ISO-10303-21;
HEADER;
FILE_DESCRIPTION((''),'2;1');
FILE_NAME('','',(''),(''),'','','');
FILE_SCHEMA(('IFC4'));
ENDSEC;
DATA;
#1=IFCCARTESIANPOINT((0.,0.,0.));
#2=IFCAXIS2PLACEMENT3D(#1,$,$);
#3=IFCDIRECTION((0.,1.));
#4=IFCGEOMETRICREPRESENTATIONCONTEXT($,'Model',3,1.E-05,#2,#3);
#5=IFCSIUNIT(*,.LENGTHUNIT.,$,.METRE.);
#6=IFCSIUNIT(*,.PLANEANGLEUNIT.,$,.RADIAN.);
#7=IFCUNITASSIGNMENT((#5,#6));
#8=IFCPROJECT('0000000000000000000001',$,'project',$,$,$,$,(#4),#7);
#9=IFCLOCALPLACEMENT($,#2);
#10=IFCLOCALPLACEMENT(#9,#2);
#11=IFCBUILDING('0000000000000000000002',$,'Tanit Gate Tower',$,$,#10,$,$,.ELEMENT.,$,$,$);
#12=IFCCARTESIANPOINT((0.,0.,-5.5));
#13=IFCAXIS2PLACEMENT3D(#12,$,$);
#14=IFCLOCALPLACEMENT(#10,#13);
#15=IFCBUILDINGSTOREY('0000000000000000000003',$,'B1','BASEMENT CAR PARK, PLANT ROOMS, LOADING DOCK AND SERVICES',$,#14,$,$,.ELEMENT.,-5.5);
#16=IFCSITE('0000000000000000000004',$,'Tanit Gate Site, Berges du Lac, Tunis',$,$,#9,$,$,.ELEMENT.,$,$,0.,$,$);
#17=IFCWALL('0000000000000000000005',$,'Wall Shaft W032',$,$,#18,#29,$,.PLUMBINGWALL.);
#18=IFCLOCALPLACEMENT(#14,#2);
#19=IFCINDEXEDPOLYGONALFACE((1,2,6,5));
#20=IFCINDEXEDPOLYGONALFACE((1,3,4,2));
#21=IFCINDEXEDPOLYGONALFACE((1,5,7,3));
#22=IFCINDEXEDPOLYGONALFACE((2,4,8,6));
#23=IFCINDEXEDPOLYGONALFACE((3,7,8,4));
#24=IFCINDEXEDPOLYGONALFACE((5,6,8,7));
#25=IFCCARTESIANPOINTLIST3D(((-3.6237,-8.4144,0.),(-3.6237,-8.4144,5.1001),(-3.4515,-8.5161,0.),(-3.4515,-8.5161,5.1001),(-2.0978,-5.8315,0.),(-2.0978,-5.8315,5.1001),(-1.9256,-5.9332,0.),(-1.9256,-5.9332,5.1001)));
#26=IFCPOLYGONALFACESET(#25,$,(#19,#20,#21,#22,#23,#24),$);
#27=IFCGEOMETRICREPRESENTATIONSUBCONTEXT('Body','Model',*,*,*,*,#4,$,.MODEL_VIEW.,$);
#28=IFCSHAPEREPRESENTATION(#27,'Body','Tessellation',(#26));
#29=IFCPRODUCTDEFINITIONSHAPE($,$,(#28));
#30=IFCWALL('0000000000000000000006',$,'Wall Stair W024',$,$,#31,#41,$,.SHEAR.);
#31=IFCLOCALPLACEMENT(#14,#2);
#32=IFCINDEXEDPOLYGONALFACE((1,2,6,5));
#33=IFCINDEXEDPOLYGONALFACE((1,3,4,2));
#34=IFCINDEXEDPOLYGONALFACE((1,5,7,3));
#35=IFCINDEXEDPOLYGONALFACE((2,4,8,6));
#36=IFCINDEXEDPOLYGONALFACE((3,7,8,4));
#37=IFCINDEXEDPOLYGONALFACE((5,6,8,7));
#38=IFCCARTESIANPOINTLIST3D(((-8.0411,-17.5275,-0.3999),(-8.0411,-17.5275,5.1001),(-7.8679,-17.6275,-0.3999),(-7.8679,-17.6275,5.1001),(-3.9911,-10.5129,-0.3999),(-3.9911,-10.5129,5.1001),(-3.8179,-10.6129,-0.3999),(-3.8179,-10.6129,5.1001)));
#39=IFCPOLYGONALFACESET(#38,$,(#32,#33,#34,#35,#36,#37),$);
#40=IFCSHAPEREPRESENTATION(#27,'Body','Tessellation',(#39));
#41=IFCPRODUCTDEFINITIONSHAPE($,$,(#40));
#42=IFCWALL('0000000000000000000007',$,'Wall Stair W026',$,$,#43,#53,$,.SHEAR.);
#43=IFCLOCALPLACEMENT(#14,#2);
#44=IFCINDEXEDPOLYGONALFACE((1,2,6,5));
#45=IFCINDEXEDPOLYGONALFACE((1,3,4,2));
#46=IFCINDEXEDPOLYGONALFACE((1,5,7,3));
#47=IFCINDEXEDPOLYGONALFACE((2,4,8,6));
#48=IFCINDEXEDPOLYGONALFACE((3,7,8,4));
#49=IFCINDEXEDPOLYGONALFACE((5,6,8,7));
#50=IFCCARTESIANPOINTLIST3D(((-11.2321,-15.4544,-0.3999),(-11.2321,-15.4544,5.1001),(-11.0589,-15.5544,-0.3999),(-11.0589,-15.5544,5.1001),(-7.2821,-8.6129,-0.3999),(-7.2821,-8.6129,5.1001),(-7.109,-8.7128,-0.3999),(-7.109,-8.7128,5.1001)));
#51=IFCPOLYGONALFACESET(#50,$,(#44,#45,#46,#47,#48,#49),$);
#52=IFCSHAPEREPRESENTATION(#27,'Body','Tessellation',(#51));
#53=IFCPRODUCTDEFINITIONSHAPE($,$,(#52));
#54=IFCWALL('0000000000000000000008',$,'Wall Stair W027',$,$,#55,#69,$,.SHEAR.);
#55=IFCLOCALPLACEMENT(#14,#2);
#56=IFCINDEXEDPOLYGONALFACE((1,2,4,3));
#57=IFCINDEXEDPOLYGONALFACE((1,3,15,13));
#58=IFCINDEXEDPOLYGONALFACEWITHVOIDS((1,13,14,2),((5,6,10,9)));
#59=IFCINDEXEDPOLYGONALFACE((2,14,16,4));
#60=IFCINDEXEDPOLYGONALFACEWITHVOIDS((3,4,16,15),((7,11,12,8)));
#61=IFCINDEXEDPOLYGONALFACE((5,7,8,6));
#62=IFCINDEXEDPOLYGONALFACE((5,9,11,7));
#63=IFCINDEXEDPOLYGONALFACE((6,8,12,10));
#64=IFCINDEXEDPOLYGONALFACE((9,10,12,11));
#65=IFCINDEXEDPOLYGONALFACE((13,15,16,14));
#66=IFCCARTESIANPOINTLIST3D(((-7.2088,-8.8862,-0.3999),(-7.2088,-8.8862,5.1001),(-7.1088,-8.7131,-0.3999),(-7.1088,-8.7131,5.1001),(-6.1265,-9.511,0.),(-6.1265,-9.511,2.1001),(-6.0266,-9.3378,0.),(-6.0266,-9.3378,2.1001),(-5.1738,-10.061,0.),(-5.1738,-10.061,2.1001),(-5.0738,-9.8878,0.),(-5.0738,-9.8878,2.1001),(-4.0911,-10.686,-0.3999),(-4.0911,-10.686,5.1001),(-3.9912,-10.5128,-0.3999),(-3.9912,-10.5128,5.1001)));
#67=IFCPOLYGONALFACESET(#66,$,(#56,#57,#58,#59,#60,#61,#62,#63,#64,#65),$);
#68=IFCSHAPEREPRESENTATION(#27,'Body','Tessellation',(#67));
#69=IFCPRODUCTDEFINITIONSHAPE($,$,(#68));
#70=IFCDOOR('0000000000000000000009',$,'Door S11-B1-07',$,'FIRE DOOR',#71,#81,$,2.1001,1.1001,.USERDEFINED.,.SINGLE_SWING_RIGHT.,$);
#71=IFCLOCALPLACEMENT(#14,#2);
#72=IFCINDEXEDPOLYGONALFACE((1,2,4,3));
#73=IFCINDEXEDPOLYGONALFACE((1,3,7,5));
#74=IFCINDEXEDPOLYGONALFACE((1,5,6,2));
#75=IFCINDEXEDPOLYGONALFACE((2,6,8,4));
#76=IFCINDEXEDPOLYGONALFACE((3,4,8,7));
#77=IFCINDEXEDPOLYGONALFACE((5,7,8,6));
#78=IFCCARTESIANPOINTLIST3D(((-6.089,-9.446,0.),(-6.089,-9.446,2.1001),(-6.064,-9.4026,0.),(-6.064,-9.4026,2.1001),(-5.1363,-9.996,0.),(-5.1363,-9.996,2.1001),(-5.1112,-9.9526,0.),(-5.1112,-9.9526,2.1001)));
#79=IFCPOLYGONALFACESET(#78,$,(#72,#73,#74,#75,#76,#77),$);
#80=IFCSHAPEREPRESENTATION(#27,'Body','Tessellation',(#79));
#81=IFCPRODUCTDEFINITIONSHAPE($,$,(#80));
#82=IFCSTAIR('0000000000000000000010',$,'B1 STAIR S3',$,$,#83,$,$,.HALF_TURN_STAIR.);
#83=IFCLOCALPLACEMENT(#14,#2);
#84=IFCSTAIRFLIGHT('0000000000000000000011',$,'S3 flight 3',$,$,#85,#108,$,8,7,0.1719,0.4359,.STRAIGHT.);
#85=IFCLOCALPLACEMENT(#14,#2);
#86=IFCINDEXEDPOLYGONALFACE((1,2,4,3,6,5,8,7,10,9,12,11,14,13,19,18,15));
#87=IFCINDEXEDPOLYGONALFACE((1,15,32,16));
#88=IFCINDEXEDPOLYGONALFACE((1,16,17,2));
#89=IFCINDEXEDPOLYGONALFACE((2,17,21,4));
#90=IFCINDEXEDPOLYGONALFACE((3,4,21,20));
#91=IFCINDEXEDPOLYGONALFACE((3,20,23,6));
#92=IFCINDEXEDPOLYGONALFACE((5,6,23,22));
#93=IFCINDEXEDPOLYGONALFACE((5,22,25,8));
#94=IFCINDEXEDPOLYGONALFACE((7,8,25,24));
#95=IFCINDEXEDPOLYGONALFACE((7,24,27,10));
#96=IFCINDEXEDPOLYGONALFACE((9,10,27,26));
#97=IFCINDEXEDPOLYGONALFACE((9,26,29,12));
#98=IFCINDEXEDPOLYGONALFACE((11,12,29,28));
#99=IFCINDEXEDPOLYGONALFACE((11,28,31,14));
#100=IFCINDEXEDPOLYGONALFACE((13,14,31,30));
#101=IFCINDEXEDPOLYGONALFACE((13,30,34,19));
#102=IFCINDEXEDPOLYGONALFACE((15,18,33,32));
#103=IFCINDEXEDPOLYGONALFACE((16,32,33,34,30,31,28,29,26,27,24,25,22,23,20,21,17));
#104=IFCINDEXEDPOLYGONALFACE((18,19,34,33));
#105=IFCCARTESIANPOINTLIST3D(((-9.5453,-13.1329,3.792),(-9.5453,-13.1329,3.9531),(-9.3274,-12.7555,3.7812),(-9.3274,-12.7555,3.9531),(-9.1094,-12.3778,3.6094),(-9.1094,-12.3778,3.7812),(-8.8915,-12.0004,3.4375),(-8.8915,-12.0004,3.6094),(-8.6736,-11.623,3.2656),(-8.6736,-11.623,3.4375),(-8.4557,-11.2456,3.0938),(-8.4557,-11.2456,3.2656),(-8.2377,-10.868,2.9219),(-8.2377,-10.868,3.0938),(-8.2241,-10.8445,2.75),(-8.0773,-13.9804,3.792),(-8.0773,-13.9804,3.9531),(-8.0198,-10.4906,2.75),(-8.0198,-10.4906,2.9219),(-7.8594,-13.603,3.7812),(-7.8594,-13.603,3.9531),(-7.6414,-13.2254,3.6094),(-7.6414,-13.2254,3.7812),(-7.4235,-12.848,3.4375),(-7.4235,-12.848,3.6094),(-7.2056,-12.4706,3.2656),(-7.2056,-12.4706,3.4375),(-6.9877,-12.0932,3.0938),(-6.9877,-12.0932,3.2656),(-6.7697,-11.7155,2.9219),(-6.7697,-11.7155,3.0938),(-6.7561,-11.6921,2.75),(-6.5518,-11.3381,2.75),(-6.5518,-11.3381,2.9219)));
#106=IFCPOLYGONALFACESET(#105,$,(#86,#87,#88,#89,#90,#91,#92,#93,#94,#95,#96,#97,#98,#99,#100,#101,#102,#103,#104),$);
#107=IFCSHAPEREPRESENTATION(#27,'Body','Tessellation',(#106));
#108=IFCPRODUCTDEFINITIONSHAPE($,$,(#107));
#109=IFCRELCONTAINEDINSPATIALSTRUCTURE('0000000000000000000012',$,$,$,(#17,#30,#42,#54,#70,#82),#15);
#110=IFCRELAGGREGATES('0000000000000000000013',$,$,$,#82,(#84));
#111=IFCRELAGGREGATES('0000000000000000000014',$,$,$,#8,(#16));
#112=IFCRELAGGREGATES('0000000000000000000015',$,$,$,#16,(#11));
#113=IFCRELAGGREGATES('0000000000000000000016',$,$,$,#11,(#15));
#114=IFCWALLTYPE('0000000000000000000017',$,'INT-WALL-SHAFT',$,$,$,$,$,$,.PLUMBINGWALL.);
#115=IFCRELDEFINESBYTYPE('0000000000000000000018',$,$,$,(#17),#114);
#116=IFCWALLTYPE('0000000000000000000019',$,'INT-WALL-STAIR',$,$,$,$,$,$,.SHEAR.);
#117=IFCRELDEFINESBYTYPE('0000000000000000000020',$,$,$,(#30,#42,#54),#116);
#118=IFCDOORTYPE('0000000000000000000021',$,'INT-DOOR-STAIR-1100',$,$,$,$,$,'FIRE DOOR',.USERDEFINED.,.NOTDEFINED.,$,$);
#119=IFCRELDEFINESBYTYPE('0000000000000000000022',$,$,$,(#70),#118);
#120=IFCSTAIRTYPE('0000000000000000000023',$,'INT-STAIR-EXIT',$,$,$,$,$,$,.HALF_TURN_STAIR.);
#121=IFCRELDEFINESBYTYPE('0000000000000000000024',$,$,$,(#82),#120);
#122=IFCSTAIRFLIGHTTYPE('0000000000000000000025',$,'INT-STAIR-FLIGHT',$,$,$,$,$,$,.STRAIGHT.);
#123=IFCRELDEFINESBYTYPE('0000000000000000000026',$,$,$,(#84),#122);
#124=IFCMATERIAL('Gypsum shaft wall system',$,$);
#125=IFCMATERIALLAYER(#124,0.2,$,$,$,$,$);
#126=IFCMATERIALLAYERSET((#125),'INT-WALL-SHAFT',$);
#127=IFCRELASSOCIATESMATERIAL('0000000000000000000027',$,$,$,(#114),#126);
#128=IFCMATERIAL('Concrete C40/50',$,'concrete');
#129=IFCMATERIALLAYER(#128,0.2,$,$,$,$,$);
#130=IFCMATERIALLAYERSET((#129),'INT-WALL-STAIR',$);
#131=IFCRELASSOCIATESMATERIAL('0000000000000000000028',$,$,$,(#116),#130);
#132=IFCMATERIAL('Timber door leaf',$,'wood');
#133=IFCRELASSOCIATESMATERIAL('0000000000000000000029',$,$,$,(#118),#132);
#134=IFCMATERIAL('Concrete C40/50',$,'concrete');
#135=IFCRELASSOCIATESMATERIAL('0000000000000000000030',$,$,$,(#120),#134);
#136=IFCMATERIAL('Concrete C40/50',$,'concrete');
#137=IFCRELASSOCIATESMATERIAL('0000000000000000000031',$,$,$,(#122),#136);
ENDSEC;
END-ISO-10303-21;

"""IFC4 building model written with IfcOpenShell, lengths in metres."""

from ifc_helpers import new_model, si_unit, direction, frame, frame_2d, origin, place, context, subcontext, project, spatial, polyline, rectangle, outline, extrude, material, layer, layer_set, type_object, element, fill, aggregate, save


model = new_model("IFC4")

# Units and contexts
model_context = context("Model", 3, precision=1e-05, world=origin(), true_north=direction((0.0, 1.0)))
body_context = subcontext(model_context, "Body", "Model", "MODEL_VIEW")
ifc_project = project(units=[si_unit("LENGTHUNIT", "METRE"), si_unit("PLANEANGLEUNIT", "RADIAN")], contexts=[model_context])

# Site, building, storey
site_placement = place(None, origin())
site = spatial("IfcSite", under=ifc_project, at=site_placement, Name="Tanit Gate Site, Berges du Lac, Tunis", CompositionType="ELEMENT", RefElevation=0.0)
building_placement = place(site_placement, origin())
building = spatial("IfcBuilding", under=site, at=building_placement, Name="Tanit Gate Tower", CompositionType="ELEMENT")
storey_placement = place(building_placement, frame((0.0, 0.0, -5.5)))
storey = spatial("IfcBuildingStorey", under=building, at=storey_placement, Name="B1", Description="BASEMENT CAR PARK, PLANT ROOMS, LOADING DOCK AND SERVICES", CompositionType="ELEMENT", Elevation=-5.5)

# Shared definitions
ifc_material_1 = material(Name="Gypsum shaft wall system")
ifc_layer_1 = layer(ifc_material_1, 0.2)
ifc_layer_set_1 = layer_set([ifc_layer_1], Name="INT-WALL-SHAFT")
wall_type_1 = type_object("IfcWallType", Name="INT-WALL-SHAFT", PredefinedType="PLUMBINGWALL", material=ifc_layer_set_1)

# Walls
wall_1_placement = place(storey_placement, frame((-2.0117, -5.8823, 0.0), z_axis=(0.0, 0.0, 1.0), x_axis=(-0.50862, -0.860991, 0.0)))
element("IfcWall", 1, at=wall_1_placement, inside=storey, type_object=wall_type_1, Name="Wall Shaft W032", PredefinedType="PLUMBINGWALL", context=body_context, shape_type="SweptSolid", body=[
    extrude(rectangle(XDim=3.0, YDim=0.2, at=frame_2d((1.5, 0.0))), origin(), (0.0, 0.0, 1.0), 5.1001),
])
ifc_material_2 = material(Name="Concrete C40/50", Category="concrete")
ifc_layer_2 = layer(ifc_material_2, 0.2)
ifc_layer_set_2 = layer_set([ifc_layer_2], Name="INT-WALL-STAIR")
wall_type_2 = type_object("IfcWallType", Name="INT-WALL-STAIR", PredefinedType="SHEAR", material=ifc_layer_set_2)
wall_2_placement = place(storey_placement, frame((-3.9045, -10.563, -0.3999), z_axis=(0.0, 0.0, 1.0), x_axis=(-0.500013, -0.866018, 0.0)))
element("IfcWall", 2, at=wall_2_placement, inside=storey, type_object=wall_type_2, Name="Wall Stair W024", PredefinedType="SHEAR", context=body_context, shape_type="SweptSolid", body=[
    extrude(rectangle(XDim=8.0999, YDim=0.2, at=frame_2d((4.0498, 0.0))), origin(), (0.0, 0.0, 1.0), 5.5),
])
wall_3_placement = place(storey_placement, frame((-7.1956, -8.6628, -0.3999), z_axis=(0.0, 0.0, 1.0), x_axis=(-0.499998, -0.866027, 0.0)))
element("IfcWall", 3, at=wall_3_placement, inside=storey, type_object=wall_type_2, Name="Wall Stair W026", PredefinedType="SHEAR", context=body_context, shape_type="SweptSolid", body=[
    extrude(rectangle(XDim=7.8999, YDim=0.2, at=frame_2d((3.95, 0.0))), origin(), (0.0, 0.0, 1.0), 5.5),
])

# Wall, opening, door
wall_4_placement = place(storey_placement, frame((-4.0413, -10.5994, -0.3999), z_axis=(0.0, 0.0, 1.0), x_axis=(-0.866048, 0.499961, 0.0)))
wall_4 = element("IfcWall", 4, at=wall_4_placement, inside=storey, type_object=wall_type_2, Name="Wall Stair W027", PredefinedType="SHEAR", context=body_context, shape_type="SweptSolid", body=[
    extrude(rectangle(XDim=3.5999, YDim=0.2, at=frame_2d((1.7998, 0.0))), origin(), (0.0, 0.0, 1.0), 5.5),
])
opening_1_placement = place(wall_4_placement, frame((1.25, 0.0, 0.3999)))
opening_1 = element("IfcOpeningElement", 5, at=opening_1_placement, cuts=wall_4, PredefinedType="OPENING", context=body_context, shape_type="SweptSolid", body=[
    extrude(rectangle(XDim=1.1001, YDim=2.1001, at=frame_2d((0.55, 1.05))), frame((0.0, 0.1099, 0.0), z_axis=(0.0, -1.0, 0.0), x_axis=(1.0, 0.0, 0.0)), (0.0, 0.0, 1.0), 0.22),
])
ifc_material_3 = material(Name="Timber door leaf", Category="wood")
door_type_1 = type_object("IfcDoorType", Name="INT-DOOR-STAIR-1100", ElementType="FIRE DOOR", OperationType="NOTDEFINED", PredefinedType="USERDEFINED", material=ifc_material_3)
door_1_placement = place(opening_1_placement, origin())
door_1 = element("IfcDoor", 6, at=door_1_placement, inside=storey, type_object=door_type_1, Name="Door S11-B1-07", ObjectType="FIRE DOOR", OperationType="SINGLE_SWING_RIGHT", OverallHeight=2.1001, OverallWidth=1.1001, PredefinedType="USERDEFINED", context=body_context, shape_type="SweptSolid", body=[
    extrude(rectangle(XDim=1.1001, YDim=2.1001, at=frame_2d((0.55, 1.05))), frame((0.0, 0.0249, 0.0), z_axis=(0.0, -1.0, 0.0), x_axis=(1.0, 0.0, 0.0)), (0.0, 0.0, 1.0), 0.05),
])
fill(opening_1, door_1)

# Stair, stair flight
ifc_material_4 = material(Name="Concrete C40/50", Category="concrete")
stair_type = type_object("IfcStairType", Name="INT-STAIR-EXIT", PredefinedType="HALF_TURN_STAIR", material=ifc_material_4)
stair_placement = place(storey_placement, origin())
stair = element("IfcStair", 7, at=stair_placement, inside=storey, type_object=stair_type, Name="B1 STAIR S3", PredefinedType="HALF_TURN_STAIR")
ifc_material_5 = material(Name="Concrete C40/50", Category="concrete")
stair_flight_type = type_object("IfcStairFlightType", Name="INT-STAIR-FLIGHT", PredefinedType="STRAIGHT", material=ifc_material_5)
stair_flight_placement = place(storey_placement, frame((-7.2859, -10.9143, 2.75), z_axis=(0.0, 0.0, 1.0), x_axis=(-0.5, -0.866025, 0.0)))
stair_flight = element("IfcStairFlight", 8, at=stair_flight_placement, type_object=stair_flight_type, Name="S3 flight 3", NumberOfRisers=8, NumberOfTreads=7, PredefinedType="STRAIGHT", RiserHeight=0.1719, TreadLength=0.4359, context=body_context, shape_type="SweptSolid", body=[
    extrude(outline(polyline([(0.0, 0.0), (0.0, 0.1719), (0.4358, 0.1719), (0.4358, 0.3438), (0.8718, 0.3438), (0.8718, 0.5156), (1.3076, 0.5156), (1.3076, 0.6875), (1.7434, 0.6875), (1.7434, 0.8594), (2.1792, 0.8594), (2.1792, 1.0312), (2.6152, 1.0312), (2.6152, 1.2031), (3.051, 1.2031), (3.051, 1.375), (3.051, 1.042), (0.4087, 0.0), (0.0, 0.0)])), frame((0.0, 0.8477, 0.0), z_axis=(0.0, -1.0, 0.0), x_axis=(1.0, 0.0, 0.0)), (0.0, 0.0, 1.0), 1.6951),
])
aggregate(stair, [stair_flight])

save(model, "model.ifc")
